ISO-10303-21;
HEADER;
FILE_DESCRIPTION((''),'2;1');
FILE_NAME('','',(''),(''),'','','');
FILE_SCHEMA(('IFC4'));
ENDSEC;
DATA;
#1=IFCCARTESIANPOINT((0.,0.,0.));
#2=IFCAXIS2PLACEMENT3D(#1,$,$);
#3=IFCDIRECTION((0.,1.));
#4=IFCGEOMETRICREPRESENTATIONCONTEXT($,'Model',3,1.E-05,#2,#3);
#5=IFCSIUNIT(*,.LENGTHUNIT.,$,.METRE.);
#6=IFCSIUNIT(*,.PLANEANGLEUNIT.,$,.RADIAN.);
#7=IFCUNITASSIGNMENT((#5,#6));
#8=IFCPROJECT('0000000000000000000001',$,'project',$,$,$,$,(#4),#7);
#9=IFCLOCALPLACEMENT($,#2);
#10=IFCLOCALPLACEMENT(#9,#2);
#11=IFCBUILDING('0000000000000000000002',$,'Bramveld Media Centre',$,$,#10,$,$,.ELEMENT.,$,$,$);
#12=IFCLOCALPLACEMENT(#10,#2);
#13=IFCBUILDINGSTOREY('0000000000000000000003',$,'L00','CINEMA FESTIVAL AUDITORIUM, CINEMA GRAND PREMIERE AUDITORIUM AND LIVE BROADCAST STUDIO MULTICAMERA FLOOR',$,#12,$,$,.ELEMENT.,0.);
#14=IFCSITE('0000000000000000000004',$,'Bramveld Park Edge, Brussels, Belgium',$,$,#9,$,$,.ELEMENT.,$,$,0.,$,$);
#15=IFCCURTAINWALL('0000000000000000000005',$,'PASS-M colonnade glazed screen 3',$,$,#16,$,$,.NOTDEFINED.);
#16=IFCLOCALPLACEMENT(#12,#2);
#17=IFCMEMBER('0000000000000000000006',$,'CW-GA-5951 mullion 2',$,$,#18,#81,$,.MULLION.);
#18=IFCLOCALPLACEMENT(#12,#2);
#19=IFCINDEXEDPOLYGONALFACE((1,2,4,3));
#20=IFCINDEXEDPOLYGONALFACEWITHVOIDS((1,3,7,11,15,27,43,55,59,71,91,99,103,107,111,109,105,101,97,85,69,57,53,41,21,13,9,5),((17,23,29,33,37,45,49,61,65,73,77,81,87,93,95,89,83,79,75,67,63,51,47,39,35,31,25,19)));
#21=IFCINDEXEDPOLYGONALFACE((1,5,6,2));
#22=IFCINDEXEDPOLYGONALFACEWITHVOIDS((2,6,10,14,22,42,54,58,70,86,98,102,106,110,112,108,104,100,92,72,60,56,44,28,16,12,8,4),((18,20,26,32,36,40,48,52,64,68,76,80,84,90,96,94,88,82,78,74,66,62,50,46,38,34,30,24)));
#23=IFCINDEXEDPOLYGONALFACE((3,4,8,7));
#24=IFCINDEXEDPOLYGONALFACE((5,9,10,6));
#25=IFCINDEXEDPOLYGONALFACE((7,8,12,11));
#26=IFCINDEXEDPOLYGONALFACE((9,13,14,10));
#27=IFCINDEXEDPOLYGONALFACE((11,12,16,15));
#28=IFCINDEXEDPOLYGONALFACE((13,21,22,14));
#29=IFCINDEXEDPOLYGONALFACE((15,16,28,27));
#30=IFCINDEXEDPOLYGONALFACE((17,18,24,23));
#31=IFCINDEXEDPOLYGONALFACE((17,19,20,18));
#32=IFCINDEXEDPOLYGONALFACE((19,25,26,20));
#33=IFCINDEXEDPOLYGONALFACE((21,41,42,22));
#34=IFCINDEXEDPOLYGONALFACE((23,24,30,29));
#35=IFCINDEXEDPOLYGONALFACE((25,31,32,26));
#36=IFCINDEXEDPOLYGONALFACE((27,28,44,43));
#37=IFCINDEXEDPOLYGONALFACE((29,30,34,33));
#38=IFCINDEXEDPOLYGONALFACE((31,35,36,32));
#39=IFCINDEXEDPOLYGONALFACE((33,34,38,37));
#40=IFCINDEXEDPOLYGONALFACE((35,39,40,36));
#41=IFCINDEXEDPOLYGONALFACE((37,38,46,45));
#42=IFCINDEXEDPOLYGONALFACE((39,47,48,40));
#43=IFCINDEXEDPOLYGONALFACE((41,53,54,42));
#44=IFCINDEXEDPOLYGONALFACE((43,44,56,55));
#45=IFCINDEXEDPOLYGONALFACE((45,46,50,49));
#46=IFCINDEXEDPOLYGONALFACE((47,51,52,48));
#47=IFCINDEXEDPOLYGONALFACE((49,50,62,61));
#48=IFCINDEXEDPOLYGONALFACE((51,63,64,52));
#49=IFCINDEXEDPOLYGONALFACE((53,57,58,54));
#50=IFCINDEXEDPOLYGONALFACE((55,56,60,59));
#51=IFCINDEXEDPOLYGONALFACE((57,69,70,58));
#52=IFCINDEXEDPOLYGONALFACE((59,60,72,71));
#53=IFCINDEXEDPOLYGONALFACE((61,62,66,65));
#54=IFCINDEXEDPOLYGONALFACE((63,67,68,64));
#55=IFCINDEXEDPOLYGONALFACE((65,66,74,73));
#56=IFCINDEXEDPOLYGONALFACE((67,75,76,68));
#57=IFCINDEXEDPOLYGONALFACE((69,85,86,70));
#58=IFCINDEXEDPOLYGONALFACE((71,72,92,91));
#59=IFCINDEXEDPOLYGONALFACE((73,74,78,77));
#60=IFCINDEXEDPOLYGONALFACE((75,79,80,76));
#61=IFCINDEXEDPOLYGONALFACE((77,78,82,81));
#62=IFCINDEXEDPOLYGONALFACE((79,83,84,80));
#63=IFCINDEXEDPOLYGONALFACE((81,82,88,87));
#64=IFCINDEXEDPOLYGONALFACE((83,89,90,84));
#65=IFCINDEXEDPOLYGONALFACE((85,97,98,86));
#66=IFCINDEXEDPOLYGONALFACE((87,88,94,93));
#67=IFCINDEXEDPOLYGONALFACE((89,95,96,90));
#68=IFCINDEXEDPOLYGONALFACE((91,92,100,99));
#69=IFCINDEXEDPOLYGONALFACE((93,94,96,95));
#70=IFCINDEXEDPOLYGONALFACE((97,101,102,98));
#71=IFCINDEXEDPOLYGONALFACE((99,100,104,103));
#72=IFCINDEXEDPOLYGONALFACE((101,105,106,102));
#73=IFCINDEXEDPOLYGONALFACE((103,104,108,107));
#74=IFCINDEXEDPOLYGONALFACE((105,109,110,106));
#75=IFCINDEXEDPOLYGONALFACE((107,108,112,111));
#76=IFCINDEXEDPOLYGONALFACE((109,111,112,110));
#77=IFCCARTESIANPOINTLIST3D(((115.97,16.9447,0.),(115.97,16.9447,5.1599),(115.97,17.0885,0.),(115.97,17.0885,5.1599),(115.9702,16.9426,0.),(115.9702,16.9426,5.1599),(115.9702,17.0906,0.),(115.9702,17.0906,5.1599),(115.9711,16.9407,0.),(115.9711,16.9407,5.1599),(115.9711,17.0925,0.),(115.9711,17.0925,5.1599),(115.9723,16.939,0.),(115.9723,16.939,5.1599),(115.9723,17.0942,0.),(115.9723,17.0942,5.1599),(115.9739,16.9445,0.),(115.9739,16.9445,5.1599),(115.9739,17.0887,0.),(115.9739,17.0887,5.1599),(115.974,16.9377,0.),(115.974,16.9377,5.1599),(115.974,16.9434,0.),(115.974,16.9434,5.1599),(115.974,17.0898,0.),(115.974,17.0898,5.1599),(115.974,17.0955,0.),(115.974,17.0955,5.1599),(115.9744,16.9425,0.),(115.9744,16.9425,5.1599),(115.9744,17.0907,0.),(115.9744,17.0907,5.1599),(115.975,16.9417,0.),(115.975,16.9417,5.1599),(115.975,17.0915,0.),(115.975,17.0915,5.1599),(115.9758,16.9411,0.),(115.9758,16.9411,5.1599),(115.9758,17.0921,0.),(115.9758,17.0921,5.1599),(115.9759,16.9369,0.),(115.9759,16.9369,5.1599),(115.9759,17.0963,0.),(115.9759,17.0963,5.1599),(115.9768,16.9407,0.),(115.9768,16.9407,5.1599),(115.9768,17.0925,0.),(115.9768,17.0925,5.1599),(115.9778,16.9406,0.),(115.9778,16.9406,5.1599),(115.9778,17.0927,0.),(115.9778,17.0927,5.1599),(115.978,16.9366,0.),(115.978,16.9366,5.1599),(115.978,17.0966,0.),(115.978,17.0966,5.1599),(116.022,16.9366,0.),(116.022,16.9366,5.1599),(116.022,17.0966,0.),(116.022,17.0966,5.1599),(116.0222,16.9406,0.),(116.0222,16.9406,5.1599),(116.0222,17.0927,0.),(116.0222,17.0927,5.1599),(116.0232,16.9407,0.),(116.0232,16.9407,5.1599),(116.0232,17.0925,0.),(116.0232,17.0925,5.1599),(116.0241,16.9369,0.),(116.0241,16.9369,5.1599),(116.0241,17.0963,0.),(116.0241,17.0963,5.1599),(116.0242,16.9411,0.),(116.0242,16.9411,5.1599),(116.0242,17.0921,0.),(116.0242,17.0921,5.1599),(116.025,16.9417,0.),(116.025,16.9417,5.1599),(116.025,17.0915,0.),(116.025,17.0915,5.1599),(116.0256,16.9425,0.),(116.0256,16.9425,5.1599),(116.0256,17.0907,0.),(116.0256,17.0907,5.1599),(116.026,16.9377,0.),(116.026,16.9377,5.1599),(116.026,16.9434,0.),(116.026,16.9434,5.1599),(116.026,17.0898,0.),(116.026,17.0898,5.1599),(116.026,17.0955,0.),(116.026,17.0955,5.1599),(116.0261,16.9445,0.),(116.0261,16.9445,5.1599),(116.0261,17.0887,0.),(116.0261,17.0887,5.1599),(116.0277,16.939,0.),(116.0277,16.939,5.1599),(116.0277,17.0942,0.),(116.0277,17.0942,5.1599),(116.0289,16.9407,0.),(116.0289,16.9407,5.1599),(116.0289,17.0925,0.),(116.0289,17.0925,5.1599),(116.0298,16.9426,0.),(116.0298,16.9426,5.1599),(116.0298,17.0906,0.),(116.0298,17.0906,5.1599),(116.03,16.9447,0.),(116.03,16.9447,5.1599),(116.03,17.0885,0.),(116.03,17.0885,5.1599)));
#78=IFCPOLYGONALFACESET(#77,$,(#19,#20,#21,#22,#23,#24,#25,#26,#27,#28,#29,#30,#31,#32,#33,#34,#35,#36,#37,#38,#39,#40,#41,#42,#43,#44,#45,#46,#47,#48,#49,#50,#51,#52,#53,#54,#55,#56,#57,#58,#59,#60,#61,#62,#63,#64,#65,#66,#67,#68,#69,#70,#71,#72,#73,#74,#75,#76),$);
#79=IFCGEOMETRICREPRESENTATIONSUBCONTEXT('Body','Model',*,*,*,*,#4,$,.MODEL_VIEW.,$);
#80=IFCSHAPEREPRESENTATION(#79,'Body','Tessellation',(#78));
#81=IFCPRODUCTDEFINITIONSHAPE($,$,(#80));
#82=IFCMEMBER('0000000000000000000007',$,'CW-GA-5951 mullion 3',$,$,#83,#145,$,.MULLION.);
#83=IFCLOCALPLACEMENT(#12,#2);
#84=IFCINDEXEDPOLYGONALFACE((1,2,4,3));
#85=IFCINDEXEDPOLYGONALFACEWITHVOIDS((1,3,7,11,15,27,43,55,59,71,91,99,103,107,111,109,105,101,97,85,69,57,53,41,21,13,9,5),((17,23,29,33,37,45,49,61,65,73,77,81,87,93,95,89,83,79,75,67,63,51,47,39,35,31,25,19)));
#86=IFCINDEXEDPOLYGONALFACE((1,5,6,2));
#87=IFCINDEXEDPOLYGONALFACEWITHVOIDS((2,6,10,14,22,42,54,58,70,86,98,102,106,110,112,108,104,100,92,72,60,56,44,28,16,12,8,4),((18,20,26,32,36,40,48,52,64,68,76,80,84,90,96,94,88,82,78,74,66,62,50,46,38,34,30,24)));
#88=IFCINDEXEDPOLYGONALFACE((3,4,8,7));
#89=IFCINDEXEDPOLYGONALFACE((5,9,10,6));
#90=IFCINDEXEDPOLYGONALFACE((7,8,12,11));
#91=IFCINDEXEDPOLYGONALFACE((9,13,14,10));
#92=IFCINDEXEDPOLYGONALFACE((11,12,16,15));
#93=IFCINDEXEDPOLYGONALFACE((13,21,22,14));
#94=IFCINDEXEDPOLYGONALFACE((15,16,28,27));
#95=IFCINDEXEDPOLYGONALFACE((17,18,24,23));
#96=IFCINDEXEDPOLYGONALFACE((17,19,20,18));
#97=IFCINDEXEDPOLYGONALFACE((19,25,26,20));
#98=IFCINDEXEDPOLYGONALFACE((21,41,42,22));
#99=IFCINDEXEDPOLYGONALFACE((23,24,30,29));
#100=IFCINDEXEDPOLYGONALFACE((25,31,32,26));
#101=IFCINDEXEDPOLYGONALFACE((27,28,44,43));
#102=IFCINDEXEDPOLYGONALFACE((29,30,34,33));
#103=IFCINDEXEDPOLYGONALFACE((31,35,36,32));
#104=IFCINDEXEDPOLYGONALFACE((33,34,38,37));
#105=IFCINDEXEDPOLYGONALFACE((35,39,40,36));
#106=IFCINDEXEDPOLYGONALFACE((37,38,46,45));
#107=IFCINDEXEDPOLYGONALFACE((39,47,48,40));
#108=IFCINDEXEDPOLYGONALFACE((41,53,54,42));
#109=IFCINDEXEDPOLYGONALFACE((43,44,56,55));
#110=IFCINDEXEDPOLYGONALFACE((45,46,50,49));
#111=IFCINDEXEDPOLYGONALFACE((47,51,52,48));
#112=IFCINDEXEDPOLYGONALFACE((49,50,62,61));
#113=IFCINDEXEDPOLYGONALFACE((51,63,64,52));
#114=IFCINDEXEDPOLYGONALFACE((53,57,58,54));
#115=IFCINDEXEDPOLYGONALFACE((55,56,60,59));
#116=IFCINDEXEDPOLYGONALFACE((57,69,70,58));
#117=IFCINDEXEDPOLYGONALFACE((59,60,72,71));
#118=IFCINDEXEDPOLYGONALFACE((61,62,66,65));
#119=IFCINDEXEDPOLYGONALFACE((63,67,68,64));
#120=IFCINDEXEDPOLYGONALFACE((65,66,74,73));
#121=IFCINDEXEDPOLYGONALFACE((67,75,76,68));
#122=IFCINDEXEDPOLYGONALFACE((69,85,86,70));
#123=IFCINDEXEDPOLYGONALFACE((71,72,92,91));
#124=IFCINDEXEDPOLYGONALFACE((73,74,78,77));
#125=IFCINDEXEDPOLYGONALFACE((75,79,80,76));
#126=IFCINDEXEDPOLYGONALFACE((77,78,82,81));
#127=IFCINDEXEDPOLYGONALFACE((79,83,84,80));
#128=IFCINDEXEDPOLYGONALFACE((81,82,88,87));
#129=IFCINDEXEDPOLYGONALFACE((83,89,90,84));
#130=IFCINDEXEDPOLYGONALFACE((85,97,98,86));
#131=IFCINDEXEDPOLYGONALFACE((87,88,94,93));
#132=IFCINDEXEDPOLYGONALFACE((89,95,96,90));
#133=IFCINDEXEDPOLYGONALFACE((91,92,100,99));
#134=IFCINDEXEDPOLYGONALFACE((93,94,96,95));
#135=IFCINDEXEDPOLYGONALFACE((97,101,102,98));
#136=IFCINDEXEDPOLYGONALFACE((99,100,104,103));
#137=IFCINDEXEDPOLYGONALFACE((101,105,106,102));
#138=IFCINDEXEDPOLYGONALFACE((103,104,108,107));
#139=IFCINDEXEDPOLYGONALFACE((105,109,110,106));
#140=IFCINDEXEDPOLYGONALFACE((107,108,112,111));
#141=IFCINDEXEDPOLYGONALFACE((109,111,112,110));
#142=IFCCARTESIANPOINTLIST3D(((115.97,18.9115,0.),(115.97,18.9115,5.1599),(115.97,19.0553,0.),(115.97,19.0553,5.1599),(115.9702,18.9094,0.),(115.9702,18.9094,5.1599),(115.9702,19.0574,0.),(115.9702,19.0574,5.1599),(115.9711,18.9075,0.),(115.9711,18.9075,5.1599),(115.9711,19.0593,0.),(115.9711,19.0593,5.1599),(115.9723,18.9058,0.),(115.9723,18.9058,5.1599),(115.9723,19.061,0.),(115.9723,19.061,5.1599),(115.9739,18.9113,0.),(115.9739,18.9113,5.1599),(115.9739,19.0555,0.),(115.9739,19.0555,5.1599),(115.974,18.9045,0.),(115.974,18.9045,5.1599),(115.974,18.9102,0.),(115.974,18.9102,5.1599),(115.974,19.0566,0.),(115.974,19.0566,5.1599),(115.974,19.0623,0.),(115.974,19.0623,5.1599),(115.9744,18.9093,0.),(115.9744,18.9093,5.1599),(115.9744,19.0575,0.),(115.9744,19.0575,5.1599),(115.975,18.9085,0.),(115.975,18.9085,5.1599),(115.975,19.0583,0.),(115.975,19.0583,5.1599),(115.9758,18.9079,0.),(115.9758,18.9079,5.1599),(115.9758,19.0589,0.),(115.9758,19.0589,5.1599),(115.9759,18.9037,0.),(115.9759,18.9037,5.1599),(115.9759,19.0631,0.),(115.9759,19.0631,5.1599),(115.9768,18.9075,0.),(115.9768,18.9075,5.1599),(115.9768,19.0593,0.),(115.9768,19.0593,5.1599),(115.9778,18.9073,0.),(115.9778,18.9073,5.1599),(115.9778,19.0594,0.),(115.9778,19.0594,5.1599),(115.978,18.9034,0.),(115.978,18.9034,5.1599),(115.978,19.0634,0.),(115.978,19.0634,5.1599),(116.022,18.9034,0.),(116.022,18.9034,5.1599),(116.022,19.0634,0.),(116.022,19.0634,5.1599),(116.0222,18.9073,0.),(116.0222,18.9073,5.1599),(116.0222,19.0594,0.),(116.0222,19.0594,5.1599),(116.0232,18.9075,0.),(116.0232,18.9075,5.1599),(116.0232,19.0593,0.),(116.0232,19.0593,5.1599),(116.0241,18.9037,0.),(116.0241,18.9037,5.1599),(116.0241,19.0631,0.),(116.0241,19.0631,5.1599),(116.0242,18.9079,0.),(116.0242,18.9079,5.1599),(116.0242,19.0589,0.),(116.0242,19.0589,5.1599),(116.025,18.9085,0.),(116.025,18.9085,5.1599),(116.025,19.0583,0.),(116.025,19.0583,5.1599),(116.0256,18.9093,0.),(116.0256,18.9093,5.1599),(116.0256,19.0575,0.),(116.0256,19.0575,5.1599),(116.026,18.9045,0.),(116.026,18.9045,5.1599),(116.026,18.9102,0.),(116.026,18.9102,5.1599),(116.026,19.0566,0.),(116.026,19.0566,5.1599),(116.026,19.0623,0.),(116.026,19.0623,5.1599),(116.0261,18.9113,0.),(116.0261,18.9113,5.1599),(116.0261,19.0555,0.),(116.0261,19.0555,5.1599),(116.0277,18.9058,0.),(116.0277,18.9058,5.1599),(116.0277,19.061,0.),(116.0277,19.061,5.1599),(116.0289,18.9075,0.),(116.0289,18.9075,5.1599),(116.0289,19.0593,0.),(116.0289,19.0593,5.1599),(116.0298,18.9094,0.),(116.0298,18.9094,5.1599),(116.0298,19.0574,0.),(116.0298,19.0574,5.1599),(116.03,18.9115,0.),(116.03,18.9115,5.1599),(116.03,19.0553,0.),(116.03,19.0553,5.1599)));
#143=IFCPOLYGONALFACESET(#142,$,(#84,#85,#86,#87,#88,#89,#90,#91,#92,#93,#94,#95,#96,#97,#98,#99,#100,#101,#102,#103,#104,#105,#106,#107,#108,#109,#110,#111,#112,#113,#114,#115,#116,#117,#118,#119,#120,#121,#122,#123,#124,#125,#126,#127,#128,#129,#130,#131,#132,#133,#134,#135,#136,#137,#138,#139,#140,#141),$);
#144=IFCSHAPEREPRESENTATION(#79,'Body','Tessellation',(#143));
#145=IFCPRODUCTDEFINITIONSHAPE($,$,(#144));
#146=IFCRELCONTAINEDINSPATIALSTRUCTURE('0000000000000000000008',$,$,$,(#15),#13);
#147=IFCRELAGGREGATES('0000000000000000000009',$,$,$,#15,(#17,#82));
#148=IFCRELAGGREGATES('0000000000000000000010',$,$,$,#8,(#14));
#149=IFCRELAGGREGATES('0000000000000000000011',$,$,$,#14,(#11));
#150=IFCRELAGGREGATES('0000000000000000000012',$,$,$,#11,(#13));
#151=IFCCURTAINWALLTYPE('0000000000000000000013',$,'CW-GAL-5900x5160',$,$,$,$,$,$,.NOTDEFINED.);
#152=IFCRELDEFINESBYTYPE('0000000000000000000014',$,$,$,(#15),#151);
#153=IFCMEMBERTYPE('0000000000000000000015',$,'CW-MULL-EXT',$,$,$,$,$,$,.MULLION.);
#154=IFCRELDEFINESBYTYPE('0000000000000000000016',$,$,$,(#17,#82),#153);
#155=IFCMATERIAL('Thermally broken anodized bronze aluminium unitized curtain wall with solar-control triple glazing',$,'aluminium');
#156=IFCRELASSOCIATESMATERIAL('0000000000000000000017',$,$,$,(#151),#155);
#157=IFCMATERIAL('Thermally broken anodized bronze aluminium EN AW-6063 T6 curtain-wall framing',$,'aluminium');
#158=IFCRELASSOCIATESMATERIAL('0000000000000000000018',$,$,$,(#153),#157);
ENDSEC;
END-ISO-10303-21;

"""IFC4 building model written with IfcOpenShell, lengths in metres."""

from ifc_helpers import new_model, si_unit, direction, frame, origin, origin_2d, place, context, subcontext, project, spatial, hollow_rectangle, extrude, material, material_profile, profile_set, type_object, element, aggregate, save


model = new_model("IFC4")

# Units and contexts
model_context = context("Model", 3, precision=1e-05, world=origin(), true_north=direction((0.0, 1.0)))
body_context = subcontext(model_context, "Body", "Model", "MODEL_VIEW")
ifc_project = project(units=[si_unit("LENGTHUNIT", "METRE"), si_unit("PLANEANGLEUNIT", "RADIAN")], contexts=[model_context])

# Site, building, storey
site_placement = place(None, origin())
site = spatial("IfcSite", under=ifc_project, at=site_placement, Name="Bramveld Park Edge, Brussels, Belgium", CompositionType="ELEMENT", RefElevation=0.0)
building_placement = place(site_placement, origin())
building = spatial("IfcBuilding", under=site, at=building_placement, Name="Bramveld Media Centre", CompositionType="ELEMENT")
storey_placement = place(building_placement, origin())
storey = spatial("IfcBuildingStorey", under=building, at=storey_placement, Name="L00", Description="CINEMA FESTIVAL AUDITORIUM, CINEMA GRAND PREMIERE AUDITORIUM AND LIVE BROADCAST STUDIO MULTICAMERA FLOOR", CompositionType="ELEMENT", Elevation=0.0)

# Curtain wall, members
ifc_material_1 = material(Name="Thermally broken anodized bronze aluminium unitized curtain wall with solar-control triple glazing", Category="aluminium")
curtain_wall_type = type_object("IfcCurtainWallType", Name="CW-GAL-5900x5160", PredefinedType="NOTDEFINED", material=ifc_material_1)
curtain_wall_1_placement = place(storey_placement, origin())
curtain_wall_1 = element("IfcCurtainWall", 1, at=curtain_wall_1_placement, inside=storey, type_object=curtain_wall_type, Name="PASS-M colonnade glazed screen 3", PredefinedType="NOTDEFINED")
ifc_material_2 = material(Name="Thermally broken anodized bronze aluminium EN AW-6063 T6 curtain-wall framing", Category="aluminium")
ifc_material_profile_1 = material_profile(ifc_material_2, hollow_rectangle(XDim=0.0601, YDim=0.1599, WallThickness=0.0039, InnerFilletRadius=0.0039, OuterFilletRadius=0.0081, at=origin_2d()), Name="AL-MULL 60x160")
ifc_profile_set_1 = profile_set([ifc_material_profile_1], Name="Thermally broken anodized bronze aluminium EN AW-6063 T6 curtain-wall framing")
member_type_1 = type_object("IfcMemberType", Name="CW-MULL-EXT", PredefinedType="MULLION", material=ifc_profile_set_1)
member_1_placement = place(storey_placement, frame((116.0, 17.0166, 0.0), z_axis=(0.0, 0.0, 1.0), x_axis=(-1.0, 0.0, 0.0)))
member_1 = element("IfcMember", 2, at=member_1_placement, type_object=member_type_1, Name="CW-GA-5951 mullion 2", PredefinedType="MULLION", context=body_context, shape_type="SweptSolid", body=[
    extrude(hollow_rectangle(XDim=0.0601, YDim=0.1599, WallThickness=0.0039, InnerFilletRadius=0.0039, OuterFilletRadius=0.0081, at=origin_2d()), origin(), (0.0, 0.0, 1.0), 5.1599),
])
member_2_placement = place(storey_placement, frame((116.0, 18.9834, 0.0), z_axis=(0.0, 0.0, 1.0), x_axis=(-1.0, 0.0, 0.0)))
member_2 = element("IfcMember", 3, at=member_2_placement, type_object=member_type_1, Name="CW-GA-5951 mullion 3", PredefinedType="MULLION", context=body_context, shape_type="SweptSolid", body=[
    extrude(hollow_rectangle(XDim=0.0601, YDim=0.1599, WallThickness=0.0039, InnerFilletRadius=0.0039, OuterFilletRadius=0.0081, at=origin_2d()), origin(), (0.0, 0.0, 1.0), 5.1599),
])

aggregate(curtain_wall_1, [member_1, member_2])

save(model, "model.ifc")
